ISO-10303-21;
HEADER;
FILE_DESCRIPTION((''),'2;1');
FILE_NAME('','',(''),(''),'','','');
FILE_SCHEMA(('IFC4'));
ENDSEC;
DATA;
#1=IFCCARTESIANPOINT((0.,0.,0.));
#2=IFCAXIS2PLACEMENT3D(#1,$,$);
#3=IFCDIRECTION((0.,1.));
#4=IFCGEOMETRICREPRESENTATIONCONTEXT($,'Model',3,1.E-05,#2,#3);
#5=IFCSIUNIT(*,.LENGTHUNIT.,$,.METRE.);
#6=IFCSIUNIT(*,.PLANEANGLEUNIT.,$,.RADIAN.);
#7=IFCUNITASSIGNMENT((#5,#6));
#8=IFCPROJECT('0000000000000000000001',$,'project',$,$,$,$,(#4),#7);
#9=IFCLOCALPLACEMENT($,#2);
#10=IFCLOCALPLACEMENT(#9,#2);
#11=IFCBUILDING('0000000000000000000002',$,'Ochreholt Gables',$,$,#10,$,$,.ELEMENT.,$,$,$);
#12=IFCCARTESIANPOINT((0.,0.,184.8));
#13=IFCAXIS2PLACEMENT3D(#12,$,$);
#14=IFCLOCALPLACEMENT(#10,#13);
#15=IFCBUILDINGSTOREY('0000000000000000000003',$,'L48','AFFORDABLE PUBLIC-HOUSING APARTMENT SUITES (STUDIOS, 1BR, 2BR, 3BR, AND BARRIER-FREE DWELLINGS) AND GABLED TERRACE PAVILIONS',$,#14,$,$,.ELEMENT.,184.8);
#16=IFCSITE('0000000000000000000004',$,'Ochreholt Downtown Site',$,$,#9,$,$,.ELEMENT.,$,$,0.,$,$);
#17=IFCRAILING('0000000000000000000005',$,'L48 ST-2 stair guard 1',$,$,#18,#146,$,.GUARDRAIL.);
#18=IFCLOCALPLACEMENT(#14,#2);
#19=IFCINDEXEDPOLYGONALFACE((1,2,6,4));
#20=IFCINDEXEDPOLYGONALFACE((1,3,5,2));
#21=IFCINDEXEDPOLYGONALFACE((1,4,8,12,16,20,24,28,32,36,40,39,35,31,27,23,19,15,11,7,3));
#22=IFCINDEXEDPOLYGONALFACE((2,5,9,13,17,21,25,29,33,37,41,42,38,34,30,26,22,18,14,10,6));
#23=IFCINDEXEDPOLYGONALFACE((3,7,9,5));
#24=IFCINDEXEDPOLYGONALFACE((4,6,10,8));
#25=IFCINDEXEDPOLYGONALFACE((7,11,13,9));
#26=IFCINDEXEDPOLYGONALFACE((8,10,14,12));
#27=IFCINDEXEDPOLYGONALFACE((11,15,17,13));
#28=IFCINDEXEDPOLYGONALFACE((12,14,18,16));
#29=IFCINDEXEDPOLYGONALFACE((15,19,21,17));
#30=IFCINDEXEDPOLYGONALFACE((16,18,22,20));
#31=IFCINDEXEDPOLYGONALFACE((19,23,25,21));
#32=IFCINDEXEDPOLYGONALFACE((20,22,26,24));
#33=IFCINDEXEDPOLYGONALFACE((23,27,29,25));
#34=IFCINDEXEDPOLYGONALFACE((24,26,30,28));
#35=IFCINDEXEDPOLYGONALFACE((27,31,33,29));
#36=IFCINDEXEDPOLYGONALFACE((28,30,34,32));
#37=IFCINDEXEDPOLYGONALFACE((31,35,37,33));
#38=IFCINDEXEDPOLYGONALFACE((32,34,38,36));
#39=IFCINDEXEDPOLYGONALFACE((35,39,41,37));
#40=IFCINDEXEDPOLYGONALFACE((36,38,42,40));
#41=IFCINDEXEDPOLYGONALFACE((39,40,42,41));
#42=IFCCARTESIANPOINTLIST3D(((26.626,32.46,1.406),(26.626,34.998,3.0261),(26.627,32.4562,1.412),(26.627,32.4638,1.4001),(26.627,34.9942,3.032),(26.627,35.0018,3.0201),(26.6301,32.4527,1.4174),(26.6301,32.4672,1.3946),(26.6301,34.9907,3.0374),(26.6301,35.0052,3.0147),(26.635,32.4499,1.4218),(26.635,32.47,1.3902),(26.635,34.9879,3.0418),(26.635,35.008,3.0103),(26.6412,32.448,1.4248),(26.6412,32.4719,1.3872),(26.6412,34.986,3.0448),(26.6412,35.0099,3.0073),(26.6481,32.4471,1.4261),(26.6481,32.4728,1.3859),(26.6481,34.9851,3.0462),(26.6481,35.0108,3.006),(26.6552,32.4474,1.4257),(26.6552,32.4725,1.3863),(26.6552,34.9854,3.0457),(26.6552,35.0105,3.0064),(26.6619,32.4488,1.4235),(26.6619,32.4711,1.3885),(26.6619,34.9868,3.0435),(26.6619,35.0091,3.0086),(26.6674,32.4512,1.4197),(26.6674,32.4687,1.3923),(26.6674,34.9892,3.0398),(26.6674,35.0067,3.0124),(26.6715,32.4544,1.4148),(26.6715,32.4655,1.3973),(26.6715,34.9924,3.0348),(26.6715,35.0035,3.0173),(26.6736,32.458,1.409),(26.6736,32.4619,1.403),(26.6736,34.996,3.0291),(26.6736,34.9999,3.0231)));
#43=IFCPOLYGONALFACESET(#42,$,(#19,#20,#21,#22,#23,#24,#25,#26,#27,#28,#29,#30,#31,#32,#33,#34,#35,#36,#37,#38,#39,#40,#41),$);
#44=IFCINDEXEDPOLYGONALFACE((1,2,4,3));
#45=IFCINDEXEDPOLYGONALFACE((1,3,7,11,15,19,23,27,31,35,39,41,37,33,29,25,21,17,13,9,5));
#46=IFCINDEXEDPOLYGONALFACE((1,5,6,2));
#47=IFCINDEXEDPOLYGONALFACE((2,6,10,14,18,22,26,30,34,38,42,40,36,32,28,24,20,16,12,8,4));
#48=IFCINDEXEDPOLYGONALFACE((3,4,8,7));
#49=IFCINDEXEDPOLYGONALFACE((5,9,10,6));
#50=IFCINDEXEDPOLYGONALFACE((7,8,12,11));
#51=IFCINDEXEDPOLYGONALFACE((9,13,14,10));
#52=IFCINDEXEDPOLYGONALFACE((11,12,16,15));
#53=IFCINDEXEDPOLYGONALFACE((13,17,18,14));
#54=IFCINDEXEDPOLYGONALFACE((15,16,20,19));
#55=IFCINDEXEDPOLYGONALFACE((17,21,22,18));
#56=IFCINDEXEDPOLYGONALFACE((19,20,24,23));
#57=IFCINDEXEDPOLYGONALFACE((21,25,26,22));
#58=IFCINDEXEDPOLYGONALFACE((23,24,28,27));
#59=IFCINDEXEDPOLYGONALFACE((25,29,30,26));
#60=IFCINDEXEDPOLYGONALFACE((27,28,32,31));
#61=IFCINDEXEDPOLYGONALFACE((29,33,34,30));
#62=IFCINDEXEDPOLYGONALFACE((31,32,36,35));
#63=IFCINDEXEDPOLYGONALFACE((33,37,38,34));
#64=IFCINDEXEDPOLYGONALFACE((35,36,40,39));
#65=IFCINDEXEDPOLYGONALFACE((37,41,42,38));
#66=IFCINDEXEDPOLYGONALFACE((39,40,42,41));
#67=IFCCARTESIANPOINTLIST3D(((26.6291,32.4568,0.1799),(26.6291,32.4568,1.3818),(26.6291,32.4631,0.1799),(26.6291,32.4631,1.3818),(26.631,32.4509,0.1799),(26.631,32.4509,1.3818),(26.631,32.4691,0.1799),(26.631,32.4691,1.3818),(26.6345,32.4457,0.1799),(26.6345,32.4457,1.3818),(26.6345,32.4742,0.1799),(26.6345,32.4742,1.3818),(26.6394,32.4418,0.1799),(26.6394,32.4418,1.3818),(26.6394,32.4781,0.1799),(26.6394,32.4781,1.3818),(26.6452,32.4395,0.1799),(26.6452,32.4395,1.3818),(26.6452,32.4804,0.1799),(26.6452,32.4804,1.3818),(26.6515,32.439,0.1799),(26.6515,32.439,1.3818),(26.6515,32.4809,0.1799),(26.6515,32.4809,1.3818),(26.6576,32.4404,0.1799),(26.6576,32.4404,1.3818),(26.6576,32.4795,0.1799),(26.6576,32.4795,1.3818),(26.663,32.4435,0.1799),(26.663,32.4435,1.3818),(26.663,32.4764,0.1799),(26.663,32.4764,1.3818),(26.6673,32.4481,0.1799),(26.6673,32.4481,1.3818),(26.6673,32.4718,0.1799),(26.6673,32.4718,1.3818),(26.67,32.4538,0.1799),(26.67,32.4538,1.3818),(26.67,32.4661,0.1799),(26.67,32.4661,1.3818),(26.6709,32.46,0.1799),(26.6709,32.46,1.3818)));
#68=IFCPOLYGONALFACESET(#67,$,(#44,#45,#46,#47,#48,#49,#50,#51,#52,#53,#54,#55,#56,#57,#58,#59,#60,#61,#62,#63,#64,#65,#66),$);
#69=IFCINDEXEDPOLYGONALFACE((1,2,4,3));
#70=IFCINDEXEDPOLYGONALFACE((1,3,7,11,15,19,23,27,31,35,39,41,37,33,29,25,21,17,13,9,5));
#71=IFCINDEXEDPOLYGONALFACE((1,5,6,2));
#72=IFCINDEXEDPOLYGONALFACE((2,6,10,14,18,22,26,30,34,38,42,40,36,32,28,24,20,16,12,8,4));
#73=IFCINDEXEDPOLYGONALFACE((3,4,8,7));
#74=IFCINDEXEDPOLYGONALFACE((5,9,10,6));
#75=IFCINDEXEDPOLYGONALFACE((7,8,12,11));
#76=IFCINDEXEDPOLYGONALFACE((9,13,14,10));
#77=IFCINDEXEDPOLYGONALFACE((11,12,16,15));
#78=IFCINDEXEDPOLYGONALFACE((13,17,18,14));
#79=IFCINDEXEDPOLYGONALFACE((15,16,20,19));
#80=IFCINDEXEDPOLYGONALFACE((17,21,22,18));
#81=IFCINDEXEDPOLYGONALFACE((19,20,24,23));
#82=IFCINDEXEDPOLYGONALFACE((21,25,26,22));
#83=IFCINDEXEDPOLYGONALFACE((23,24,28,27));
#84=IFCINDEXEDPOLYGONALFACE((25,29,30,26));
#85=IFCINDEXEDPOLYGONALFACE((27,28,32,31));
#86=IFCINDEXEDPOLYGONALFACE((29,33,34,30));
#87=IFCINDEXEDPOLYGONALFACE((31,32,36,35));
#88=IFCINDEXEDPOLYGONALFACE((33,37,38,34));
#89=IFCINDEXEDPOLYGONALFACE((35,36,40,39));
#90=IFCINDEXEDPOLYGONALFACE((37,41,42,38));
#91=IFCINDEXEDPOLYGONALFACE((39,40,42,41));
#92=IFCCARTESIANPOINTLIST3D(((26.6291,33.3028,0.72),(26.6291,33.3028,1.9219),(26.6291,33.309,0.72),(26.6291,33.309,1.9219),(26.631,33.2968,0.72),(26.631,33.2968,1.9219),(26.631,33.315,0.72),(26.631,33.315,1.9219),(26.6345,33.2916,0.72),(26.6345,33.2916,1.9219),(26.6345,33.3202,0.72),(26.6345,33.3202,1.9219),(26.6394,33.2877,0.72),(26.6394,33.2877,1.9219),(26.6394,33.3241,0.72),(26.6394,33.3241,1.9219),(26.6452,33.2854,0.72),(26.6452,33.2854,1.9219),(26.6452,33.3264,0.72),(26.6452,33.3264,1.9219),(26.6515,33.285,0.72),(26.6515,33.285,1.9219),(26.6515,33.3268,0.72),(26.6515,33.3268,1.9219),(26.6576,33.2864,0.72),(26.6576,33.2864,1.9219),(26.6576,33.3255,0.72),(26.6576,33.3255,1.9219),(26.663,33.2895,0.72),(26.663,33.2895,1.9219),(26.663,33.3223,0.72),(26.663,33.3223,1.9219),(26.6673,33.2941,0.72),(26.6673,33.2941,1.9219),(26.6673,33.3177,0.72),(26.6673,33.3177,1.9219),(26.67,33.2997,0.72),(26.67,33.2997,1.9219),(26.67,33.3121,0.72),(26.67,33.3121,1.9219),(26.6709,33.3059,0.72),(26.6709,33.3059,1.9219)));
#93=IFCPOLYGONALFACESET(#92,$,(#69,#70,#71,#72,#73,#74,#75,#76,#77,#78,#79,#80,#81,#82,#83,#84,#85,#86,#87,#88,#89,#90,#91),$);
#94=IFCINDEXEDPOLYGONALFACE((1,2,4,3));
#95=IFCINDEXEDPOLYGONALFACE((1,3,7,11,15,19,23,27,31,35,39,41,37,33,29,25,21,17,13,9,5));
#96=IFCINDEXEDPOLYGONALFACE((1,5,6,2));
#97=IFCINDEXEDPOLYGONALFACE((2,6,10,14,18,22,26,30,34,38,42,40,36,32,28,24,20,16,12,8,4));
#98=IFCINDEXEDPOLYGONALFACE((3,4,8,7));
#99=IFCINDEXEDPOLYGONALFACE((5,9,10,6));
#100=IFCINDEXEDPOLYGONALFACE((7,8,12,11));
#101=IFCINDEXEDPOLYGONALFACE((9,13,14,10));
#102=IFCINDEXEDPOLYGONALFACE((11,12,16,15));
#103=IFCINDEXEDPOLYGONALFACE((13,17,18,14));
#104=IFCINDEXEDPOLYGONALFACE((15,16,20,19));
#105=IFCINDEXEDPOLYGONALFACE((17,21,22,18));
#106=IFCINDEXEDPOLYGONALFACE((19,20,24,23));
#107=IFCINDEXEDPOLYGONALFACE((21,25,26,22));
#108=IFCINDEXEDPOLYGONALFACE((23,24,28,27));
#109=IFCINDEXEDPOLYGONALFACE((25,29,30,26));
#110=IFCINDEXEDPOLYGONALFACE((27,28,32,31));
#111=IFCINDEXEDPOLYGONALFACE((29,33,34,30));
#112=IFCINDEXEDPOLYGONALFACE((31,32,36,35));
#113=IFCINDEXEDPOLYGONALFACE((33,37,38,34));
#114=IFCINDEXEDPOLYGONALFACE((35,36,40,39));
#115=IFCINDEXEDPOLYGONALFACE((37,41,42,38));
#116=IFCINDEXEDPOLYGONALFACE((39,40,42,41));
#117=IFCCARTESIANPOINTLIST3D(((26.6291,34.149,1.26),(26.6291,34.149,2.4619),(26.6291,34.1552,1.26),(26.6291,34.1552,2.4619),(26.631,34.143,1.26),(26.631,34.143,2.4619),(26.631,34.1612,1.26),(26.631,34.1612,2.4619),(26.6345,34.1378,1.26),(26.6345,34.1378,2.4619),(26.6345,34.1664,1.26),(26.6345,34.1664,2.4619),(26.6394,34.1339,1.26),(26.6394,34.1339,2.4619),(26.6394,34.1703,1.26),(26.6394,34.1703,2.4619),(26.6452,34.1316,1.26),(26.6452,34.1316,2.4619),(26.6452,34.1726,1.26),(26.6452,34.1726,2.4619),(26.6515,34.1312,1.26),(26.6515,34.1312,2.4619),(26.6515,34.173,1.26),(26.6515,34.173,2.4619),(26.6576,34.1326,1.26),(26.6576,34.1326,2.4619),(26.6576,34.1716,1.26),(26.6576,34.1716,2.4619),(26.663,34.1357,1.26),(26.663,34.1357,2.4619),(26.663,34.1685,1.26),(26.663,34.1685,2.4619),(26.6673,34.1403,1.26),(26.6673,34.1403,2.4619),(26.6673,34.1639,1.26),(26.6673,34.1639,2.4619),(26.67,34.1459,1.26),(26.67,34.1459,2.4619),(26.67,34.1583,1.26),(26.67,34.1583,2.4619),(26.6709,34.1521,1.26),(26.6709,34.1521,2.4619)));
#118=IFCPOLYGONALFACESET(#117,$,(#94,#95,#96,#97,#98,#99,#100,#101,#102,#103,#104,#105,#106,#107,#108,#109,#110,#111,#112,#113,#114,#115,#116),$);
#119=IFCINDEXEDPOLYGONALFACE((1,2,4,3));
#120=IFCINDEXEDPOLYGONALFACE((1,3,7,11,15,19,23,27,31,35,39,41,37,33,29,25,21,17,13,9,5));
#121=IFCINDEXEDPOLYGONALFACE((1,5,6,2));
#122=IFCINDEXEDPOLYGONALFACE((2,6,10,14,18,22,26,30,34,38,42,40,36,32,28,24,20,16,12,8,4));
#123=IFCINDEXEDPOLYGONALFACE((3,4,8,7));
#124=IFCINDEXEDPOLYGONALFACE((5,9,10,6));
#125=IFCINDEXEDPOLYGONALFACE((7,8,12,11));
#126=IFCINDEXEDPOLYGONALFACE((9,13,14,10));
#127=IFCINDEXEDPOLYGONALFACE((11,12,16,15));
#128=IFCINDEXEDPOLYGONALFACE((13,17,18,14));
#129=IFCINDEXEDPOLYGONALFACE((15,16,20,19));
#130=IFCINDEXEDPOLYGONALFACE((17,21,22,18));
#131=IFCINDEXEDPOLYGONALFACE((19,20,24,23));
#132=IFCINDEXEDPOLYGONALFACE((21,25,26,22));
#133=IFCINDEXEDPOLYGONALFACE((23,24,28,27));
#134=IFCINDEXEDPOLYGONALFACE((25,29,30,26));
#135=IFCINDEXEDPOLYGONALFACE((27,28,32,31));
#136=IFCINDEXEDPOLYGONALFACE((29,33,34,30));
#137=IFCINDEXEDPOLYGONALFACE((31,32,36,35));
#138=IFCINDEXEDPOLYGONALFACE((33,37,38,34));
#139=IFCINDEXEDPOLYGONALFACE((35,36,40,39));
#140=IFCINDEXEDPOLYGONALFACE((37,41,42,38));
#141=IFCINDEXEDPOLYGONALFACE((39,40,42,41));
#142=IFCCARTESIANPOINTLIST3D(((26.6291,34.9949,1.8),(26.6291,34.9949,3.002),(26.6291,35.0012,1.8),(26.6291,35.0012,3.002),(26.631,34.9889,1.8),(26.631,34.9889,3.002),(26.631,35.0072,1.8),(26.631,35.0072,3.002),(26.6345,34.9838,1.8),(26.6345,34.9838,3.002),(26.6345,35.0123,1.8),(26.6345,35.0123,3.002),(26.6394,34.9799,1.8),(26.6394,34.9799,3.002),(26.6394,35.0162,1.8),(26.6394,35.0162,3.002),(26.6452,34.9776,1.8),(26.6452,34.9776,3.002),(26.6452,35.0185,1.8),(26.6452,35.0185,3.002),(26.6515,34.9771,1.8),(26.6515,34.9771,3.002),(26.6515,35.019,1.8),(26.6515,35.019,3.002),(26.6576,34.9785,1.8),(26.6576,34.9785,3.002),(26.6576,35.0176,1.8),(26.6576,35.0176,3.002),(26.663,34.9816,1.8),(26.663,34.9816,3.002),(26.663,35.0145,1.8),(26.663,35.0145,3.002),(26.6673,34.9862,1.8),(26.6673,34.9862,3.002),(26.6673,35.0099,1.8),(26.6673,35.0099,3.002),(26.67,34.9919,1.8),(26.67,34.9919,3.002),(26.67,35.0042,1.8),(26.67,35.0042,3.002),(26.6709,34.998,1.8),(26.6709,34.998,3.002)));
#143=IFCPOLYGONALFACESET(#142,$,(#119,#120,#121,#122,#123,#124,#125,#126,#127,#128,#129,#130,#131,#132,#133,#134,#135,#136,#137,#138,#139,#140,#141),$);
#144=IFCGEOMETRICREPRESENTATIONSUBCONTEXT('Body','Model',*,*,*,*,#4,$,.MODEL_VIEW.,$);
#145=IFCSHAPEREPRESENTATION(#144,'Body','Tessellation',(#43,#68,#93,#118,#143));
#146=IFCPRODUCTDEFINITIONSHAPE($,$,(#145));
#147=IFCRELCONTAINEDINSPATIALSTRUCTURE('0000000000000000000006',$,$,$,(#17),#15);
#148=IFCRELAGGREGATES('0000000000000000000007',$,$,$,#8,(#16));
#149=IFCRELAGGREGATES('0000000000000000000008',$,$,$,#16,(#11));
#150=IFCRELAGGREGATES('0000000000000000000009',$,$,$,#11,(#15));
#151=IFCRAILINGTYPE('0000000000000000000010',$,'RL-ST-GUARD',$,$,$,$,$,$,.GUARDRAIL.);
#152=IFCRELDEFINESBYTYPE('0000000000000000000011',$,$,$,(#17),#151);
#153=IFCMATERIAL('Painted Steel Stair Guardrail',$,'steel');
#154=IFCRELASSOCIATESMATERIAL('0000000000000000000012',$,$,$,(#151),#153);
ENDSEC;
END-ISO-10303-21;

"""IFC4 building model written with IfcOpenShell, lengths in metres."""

from ifc_helpers import new_model, si_unit, direction, frame, origin, origin_2d, place, context, subcontext, project, spatial, circle, extrude, material, type_object, element, save


model = new_model("IFC4")

# Units and contexts
model_context = context("Model", 3, precision=1e-05, world=origin(), true_north=direction((0.0, 1.0)))
body_context = subcontext(model_context, "Body", "Model", "MODEL_VIEW")
ifc_project = project(units=[si_unit("LENGTHUNIT", "METRE"), si_unit("PLANEANGLEUNIT", "RADIAN")], contexts=[model_context])

# Site, building, storey
site_placement = place(None, origin())
site = spatial("IfcSite", under=ifc_project, at=site_placement, Name="Ochreholt Downtown Site", CompositionType="ELEMENT", RefElevation=0.0)
building_placement = place(site_placement, origin())
building = spatial("IfcBuilding", under=site, at=building_placement, Name="Ochreholt Gables", CompositionType="ELEMENT")
storey_placement = place(building_placement, frame((0.0, 0.0, 184.8)))
storey = spatial("IfcBuildingStorey", under=building, at=storey_placement, Name="L48", Description="AFFORDABLE PUBLIC-HOUSING APARTMENT SUITES (STUDIOS, 1BR, 2BR, 3BR, AND BARRIER-FREE DWELLINGS) AND GABLED TERRACE PAVILIONS", CompositionType="ELEMENT", Elevation=184.8)

# Railing
ifc_material_1 = material(Name="Painted Steel Stair Guardrail", Category="steel")
railing_type = type_object("IfcRailingType", Name="RL-ST-GUARD", PredefinedType="GUARDRAIL", material=ifc_material_1)
railing_1_placement = place(storey_placement, frame((26.6499, 32.46, 0.1799)))
element("IfcRailing", 1, at=railing_1_placement, inside=storey, type_object=railing_type, Name="L48 ST-2 stair guard 1", PredefinedType="GUARDRAIL", context=body_context, shape_type="SweptSolid", body=[
    extrude(circle(Radius=0.0239, at=origin_2d()), frame((0.0, 0.0, 1.2261), z_axis=(0.0, 0.842913, 0.53805), x_axis=(-1.0, 0.0, 0.0)), (0.0, 0.0, 1.0), 3.011),
    extrude(circle(Radius=0.021, at=origin_2d()), origin(), (0.0, 0.0, 1.0), 1.2019),
    extrude(circle(Radius=0.021, at=origin_2d()), frame((0.0, 0.8459, 0.54)), (0.0, 0.0, 1.0), 1.2019),
    extrude(circle(Radius=0.021, at=origin_2d()), frame((0.0, 1.6921, 1.0801)), (0.0, 0.0, 1.0), 1.2019),
    extrude(circle(Radius=0.021, at=origin_2d()), frame((0.0, 2.5381, 1.6201)), (0.0, 0.0, 1.0), 1.2019),
])

save(model, "model.ifc")
